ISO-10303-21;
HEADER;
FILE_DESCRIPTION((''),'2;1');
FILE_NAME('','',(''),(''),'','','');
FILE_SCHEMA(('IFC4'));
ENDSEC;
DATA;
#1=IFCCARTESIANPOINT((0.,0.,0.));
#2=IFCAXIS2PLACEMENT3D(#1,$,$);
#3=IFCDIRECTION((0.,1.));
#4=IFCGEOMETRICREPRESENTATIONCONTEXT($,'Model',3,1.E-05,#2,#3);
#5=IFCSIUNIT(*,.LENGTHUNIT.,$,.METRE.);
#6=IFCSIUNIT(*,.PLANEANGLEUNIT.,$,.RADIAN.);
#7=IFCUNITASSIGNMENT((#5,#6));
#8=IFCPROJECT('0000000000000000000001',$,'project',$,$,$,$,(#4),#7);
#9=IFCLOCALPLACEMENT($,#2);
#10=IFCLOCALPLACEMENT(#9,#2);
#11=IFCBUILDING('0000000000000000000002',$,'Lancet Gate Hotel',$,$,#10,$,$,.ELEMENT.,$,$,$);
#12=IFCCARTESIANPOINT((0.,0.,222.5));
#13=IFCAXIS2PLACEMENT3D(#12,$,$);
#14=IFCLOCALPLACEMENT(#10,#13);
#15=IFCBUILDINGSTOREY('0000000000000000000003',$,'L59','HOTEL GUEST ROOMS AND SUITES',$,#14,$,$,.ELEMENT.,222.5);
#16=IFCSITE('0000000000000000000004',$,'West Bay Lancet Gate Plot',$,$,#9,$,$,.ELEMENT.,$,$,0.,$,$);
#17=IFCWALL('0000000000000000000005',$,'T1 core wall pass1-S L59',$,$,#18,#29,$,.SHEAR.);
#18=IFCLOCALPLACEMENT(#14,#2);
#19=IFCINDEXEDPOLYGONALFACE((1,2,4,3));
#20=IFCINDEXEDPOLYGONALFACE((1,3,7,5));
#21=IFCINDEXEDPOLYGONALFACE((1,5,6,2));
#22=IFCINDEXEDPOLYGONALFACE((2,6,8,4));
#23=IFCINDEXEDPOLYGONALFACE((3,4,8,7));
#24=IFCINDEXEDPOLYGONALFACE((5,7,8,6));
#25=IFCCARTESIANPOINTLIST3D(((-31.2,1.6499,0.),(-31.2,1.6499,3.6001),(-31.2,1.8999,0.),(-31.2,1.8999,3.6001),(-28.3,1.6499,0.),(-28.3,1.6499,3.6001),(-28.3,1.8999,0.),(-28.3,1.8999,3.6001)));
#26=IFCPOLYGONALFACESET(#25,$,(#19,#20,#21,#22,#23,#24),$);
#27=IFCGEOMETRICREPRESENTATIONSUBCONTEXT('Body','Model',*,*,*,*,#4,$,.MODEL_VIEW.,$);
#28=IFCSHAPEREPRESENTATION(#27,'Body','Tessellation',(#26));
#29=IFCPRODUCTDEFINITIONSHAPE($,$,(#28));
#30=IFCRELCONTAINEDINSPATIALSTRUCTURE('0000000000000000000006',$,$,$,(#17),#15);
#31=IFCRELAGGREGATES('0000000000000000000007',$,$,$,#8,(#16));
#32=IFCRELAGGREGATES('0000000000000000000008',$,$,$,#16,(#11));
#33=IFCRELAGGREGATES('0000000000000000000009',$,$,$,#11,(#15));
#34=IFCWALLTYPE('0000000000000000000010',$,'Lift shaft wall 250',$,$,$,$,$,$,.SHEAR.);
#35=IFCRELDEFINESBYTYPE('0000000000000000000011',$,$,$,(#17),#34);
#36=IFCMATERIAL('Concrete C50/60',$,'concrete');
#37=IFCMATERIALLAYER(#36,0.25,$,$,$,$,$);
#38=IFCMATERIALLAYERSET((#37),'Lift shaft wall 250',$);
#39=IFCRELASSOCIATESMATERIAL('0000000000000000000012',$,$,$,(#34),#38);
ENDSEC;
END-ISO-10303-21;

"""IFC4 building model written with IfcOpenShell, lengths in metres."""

from ifc_helpers import new_model, si_unit, direction, frame, frame_2d, origin, place, context, subcontext, project, spatial, rectangle, extrude, material, layer, layer_set, type_object, element, save


model = new_model("IFC4")

# Units and contexts
model_context = context("Model", 3, precision=1e-05, world=origin(), true_north=direction((0.0, 1.0)))
body_context = subcontext(model_context, "Body", "Model", "MODEL_VIEW")
ifc_project = project(units=[si_unit("LENGTHUNIT", "METRE"), si_unit("PLANEANGLEUNIT", "RADIAN")], contexts=[model_context])

# Site, building, storey
site_placement = place(None, origin())
site = spatial("IfcSite", under=ifc_project, at=site_placement, Name="West Bay Lancet Gate Plot", CompositionType="ELEMENT", RefElevation=0.0)
building_placement = place(site_placement, origin())
building = spatial("IfcBuilding", under=site, at=building_placement, Name="Lancet Gate Hotel", CompositionType="ELEMENT")
storey_placement = place(building_placement, frame((0.0, 0.0, 222.5)))
storey = spatial("IfcBuildingStorey", under=building, at=storey_placement, Name="L59", Description="HOTEL GUEST ROOMS AND SUITES", CompositionType="ELEMENT", Elevation=222.5)

# Wall
ifc_material_1 = material(Name="Concrete C50/60", Category="concrete")
ifc_layer_1 = layer(ifc_material_1, 0.25)
ifc_layer_set_1 = layer_set([ifc_layer_1], Name="Lift shaft wall 250")
wall_type_1 = type_object("IfcWallType", Name="Lift shaft wall 250", PredefinedType="SHEAR", material=ifc_layer_set_1)
wall_1_placement = place(storey_placement, frame((-28.3, 1.7749, 0.0), z_axis=(0.0, 0.0, 1.0), x_axis=(-1.0, 0.0, 0.0)))
element("IfcWall", 1, at=wall_1_placement, inside=storey, type_object=wall_type_1, Name="T1 core wall pass1-S L59", PredefinedType="SHEAR", context=body_context, shape_type="SweptSolid", body=[
    extrude(rectangle(XDim=2.8999, YDim=0.25, at=frame_2d((1.45, 0.0))), origin(), (0.0, 0.0, 1.0), 3.6001),
])

save(model, "model.ifc")
